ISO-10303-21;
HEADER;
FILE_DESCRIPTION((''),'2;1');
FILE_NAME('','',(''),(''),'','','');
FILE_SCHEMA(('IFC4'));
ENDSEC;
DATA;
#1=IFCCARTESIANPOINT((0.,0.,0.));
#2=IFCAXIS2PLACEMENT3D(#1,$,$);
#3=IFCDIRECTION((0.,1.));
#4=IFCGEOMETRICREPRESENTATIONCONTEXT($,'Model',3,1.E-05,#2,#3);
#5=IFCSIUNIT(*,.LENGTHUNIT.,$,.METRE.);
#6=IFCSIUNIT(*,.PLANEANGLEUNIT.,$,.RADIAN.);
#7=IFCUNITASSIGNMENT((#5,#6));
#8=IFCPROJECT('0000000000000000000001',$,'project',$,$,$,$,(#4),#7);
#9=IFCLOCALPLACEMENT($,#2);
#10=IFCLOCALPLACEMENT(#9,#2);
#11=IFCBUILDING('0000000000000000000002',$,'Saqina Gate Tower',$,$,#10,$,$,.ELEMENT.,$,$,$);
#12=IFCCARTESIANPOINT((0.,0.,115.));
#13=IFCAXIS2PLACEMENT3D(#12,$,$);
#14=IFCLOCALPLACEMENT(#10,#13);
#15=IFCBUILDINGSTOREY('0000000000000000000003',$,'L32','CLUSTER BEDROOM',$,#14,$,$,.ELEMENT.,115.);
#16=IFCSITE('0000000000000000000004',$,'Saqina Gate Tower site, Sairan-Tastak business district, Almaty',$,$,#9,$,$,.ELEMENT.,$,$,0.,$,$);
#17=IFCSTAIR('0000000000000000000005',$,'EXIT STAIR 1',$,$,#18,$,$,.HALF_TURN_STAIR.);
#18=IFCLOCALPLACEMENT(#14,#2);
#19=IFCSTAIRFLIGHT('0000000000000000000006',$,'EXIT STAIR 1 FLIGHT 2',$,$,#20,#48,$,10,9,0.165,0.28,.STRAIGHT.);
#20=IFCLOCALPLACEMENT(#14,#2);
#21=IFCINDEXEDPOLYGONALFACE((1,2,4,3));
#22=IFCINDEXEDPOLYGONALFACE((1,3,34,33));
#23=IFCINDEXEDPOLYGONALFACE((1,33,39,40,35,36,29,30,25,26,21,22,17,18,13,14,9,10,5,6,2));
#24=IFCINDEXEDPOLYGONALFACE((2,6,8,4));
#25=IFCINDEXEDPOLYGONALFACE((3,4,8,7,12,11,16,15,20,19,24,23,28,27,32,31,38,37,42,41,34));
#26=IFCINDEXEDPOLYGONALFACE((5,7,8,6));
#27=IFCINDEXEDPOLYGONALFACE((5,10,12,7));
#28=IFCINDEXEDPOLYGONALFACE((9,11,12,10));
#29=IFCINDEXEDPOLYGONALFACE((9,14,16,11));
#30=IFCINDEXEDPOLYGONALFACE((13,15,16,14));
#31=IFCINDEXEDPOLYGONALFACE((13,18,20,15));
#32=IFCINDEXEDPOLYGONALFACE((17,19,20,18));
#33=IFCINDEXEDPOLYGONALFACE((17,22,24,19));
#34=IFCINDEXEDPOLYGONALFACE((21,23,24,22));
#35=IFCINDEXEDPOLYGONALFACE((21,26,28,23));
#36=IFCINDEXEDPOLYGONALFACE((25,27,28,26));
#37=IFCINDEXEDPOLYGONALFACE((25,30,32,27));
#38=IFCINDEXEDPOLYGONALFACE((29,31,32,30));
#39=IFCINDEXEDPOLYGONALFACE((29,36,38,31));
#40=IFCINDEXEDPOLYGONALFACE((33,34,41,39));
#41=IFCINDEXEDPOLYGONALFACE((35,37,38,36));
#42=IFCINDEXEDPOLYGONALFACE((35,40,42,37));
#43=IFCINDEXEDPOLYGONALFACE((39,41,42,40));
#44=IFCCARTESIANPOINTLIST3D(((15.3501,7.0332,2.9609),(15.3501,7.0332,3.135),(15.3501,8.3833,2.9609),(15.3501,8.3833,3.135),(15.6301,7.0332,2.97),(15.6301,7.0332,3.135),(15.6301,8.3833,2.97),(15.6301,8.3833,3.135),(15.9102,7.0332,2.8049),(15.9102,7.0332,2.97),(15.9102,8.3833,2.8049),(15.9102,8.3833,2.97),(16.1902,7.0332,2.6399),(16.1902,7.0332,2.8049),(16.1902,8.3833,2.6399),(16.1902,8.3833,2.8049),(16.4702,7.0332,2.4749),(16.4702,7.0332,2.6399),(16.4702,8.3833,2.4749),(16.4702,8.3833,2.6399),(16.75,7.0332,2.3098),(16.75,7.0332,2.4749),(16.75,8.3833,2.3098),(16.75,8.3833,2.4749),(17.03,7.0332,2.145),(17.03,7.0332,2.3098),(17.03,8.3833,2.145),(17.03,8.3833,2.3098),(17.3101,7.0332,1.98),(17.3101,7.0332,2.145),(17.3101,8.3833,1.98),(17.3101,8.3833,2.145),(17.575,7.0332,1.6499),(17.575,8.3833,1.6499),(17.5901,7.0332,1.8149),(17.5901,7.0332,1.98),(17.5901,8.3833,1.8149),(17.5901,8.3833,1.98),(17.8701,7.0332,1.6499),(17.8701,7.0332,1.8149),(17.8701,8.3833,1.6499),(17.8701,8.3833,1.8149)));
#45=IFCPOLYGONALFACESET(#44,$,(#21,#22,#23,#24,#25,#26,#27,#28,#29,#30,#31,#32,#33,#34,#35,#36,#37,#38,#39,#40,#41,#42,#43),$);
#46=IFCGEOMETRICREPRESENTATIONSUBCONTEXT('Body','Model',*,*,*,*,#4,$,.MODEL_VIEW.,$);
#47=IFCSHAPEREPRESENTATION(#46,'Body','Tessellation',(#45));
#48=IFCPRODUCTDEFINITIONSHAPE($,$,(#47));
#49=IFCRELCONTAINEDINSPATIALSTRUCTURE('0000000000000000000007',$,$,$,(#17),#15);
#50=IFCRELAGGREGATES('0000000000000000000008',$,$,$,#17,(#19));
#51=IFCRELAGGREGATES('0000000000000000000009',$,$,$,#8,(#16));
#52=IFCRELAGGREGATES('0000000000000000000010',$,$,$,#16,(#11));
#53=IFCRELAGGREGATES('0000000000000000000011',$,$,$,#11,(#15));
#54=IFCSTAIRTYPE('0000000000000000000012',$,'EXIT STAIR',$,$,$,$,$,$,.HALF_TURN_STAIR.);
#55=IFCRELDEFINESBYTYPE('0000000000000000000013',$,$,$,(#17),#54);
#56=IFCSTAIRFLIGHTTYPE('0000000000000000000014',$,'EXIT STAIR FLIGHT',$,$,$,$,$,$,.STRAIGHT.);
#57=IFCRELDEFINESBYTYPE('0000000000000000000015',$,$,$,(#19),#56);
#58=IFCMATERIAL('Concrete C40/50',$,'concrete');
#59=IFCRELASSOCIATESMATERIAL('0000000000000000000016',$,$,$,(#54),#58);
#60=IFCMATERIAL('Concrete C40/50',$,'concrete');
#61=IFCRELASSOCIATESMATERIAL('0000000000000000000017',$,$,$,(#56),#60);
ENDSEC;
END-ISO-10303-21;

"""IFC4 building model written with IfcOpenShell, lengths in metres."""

from ifc_helpers import new_model, si_unit, direction, frame, origin, place, context, subcontext, project, spatial, polyline, outline, extrude, material, type_object, element, aggregate, save


model = new_model("IFC4")

# Units and contexts
model_context = context("Model", 3, precision=1e-05, world=origin(), true_north=direction((0.0, 1.0)))
body_context = subcontext(model_context, "Body", "Model", "MODEL_VIEW")
ifc_project = project(units=[si_unit("LENGTHUNIT", "METRE"), si_unit("PLANEANGLEUNIT", "RADIAN")], contexts=[model_context])

# Site, building, storey
site_placement = place(None, origin())
site = spatial("IfcSite", under=ifc_project, at=site_placement, Name="Saqina Gate Tower site, Sairan-Tastak business district, Almaty", CompositionType="ELEMENT", RefElevation=0.0)
building_placement = place(site_placement, origin())
building = spatial("IfcBuilding", under=site, at=building_placement, Name="Saqina Gate Tower", CompositionType="ELEMENT")
storey_placement = place(building_placement, frame((0.0, 0.0, 115.0)))
storey = spatial("IfcBuildingStorey", under=building, at=storey_placement, Name="L32", Description="CLUSTER BEDROOM", CompositionType="ELEMENT", Elevation=115.0)

# Stair, stair flight
ifc_material_1 = material(Name="Concrete C40/50", Category="concrete")
stair_type = type_object("IfcStairType", Name="EXIT STAIR", PredefinedType="HALF_TURN_STAIR", material=ifc_material_1)
stair_placement = place(storey_placement, origin())
stair = element("IfcStair", 1, at=stair_placement, inside=storey, type_object=stair_type, Name="EXIT STAIR 1", PredefinedType="HALF_TURN_STAIR")
ifc_material_2 = material(Name="Concrete C40/50", Category="concrete")
stair_flight_type = type_object("IfcStairFlightType", Name="EXIT STAIR FLIGHT", PredefinedType="STRAIGHT", material=ifc_material_2)
stair_flight_1_placement = place(storey_placement, frame((17.8701, 7.7083, 1.6499), z_axis=(0.0, 0.0, 1.0), x_axis=(-1.0, 0.0, 0.0)))
stair_flight_1 = element("IfcStairFlight", 2, at=stair_flight_1_placement, type_object=stair_flight_type, Name="EXIT STAIR 1 FLIGHT 2", NumberOfRisers=10, NumberOfTreads=9, PredefinedType="STRAIGHT", RiserHeight=0.165, TreadLength=0.28, context=body_context, shape_type="SweptSolid", body=[
    extrude(outline(polyline([(0.0, 0.0), (0.0, 0.165), (0.28, 0.165), (0.28, 0.3301), (0.5601, 0.3301), (0.5601, 0.4951), (0.8401, 0.4951), (0.8401, 0.6599), (1.1201, 0.6599), (1.1201, 0.825), (1.3999, 0.825), (1.3999, 0.99), (1.6799, 0.99), (1.6799, 1.155), (1.96, 1.155), (1.96, 1.3201), (2.24, 1.3201), (2.24, 1.4851), (2.52, 1.4851), (2.52, 1.6499), (2.52, 1.311), (0.2952, 0.0), (0.0, 0.0)])), frame((0.0, 0.675, 0.0), z_axis=(0.0, -1.0, 0.0), x_axis=(1.0, 0.0, 0.0)), (0.0, 0.0, 1.0), 1.3501),
])
aggregate(stair, [stair_flight_1])

save(model, "model.ifc")
